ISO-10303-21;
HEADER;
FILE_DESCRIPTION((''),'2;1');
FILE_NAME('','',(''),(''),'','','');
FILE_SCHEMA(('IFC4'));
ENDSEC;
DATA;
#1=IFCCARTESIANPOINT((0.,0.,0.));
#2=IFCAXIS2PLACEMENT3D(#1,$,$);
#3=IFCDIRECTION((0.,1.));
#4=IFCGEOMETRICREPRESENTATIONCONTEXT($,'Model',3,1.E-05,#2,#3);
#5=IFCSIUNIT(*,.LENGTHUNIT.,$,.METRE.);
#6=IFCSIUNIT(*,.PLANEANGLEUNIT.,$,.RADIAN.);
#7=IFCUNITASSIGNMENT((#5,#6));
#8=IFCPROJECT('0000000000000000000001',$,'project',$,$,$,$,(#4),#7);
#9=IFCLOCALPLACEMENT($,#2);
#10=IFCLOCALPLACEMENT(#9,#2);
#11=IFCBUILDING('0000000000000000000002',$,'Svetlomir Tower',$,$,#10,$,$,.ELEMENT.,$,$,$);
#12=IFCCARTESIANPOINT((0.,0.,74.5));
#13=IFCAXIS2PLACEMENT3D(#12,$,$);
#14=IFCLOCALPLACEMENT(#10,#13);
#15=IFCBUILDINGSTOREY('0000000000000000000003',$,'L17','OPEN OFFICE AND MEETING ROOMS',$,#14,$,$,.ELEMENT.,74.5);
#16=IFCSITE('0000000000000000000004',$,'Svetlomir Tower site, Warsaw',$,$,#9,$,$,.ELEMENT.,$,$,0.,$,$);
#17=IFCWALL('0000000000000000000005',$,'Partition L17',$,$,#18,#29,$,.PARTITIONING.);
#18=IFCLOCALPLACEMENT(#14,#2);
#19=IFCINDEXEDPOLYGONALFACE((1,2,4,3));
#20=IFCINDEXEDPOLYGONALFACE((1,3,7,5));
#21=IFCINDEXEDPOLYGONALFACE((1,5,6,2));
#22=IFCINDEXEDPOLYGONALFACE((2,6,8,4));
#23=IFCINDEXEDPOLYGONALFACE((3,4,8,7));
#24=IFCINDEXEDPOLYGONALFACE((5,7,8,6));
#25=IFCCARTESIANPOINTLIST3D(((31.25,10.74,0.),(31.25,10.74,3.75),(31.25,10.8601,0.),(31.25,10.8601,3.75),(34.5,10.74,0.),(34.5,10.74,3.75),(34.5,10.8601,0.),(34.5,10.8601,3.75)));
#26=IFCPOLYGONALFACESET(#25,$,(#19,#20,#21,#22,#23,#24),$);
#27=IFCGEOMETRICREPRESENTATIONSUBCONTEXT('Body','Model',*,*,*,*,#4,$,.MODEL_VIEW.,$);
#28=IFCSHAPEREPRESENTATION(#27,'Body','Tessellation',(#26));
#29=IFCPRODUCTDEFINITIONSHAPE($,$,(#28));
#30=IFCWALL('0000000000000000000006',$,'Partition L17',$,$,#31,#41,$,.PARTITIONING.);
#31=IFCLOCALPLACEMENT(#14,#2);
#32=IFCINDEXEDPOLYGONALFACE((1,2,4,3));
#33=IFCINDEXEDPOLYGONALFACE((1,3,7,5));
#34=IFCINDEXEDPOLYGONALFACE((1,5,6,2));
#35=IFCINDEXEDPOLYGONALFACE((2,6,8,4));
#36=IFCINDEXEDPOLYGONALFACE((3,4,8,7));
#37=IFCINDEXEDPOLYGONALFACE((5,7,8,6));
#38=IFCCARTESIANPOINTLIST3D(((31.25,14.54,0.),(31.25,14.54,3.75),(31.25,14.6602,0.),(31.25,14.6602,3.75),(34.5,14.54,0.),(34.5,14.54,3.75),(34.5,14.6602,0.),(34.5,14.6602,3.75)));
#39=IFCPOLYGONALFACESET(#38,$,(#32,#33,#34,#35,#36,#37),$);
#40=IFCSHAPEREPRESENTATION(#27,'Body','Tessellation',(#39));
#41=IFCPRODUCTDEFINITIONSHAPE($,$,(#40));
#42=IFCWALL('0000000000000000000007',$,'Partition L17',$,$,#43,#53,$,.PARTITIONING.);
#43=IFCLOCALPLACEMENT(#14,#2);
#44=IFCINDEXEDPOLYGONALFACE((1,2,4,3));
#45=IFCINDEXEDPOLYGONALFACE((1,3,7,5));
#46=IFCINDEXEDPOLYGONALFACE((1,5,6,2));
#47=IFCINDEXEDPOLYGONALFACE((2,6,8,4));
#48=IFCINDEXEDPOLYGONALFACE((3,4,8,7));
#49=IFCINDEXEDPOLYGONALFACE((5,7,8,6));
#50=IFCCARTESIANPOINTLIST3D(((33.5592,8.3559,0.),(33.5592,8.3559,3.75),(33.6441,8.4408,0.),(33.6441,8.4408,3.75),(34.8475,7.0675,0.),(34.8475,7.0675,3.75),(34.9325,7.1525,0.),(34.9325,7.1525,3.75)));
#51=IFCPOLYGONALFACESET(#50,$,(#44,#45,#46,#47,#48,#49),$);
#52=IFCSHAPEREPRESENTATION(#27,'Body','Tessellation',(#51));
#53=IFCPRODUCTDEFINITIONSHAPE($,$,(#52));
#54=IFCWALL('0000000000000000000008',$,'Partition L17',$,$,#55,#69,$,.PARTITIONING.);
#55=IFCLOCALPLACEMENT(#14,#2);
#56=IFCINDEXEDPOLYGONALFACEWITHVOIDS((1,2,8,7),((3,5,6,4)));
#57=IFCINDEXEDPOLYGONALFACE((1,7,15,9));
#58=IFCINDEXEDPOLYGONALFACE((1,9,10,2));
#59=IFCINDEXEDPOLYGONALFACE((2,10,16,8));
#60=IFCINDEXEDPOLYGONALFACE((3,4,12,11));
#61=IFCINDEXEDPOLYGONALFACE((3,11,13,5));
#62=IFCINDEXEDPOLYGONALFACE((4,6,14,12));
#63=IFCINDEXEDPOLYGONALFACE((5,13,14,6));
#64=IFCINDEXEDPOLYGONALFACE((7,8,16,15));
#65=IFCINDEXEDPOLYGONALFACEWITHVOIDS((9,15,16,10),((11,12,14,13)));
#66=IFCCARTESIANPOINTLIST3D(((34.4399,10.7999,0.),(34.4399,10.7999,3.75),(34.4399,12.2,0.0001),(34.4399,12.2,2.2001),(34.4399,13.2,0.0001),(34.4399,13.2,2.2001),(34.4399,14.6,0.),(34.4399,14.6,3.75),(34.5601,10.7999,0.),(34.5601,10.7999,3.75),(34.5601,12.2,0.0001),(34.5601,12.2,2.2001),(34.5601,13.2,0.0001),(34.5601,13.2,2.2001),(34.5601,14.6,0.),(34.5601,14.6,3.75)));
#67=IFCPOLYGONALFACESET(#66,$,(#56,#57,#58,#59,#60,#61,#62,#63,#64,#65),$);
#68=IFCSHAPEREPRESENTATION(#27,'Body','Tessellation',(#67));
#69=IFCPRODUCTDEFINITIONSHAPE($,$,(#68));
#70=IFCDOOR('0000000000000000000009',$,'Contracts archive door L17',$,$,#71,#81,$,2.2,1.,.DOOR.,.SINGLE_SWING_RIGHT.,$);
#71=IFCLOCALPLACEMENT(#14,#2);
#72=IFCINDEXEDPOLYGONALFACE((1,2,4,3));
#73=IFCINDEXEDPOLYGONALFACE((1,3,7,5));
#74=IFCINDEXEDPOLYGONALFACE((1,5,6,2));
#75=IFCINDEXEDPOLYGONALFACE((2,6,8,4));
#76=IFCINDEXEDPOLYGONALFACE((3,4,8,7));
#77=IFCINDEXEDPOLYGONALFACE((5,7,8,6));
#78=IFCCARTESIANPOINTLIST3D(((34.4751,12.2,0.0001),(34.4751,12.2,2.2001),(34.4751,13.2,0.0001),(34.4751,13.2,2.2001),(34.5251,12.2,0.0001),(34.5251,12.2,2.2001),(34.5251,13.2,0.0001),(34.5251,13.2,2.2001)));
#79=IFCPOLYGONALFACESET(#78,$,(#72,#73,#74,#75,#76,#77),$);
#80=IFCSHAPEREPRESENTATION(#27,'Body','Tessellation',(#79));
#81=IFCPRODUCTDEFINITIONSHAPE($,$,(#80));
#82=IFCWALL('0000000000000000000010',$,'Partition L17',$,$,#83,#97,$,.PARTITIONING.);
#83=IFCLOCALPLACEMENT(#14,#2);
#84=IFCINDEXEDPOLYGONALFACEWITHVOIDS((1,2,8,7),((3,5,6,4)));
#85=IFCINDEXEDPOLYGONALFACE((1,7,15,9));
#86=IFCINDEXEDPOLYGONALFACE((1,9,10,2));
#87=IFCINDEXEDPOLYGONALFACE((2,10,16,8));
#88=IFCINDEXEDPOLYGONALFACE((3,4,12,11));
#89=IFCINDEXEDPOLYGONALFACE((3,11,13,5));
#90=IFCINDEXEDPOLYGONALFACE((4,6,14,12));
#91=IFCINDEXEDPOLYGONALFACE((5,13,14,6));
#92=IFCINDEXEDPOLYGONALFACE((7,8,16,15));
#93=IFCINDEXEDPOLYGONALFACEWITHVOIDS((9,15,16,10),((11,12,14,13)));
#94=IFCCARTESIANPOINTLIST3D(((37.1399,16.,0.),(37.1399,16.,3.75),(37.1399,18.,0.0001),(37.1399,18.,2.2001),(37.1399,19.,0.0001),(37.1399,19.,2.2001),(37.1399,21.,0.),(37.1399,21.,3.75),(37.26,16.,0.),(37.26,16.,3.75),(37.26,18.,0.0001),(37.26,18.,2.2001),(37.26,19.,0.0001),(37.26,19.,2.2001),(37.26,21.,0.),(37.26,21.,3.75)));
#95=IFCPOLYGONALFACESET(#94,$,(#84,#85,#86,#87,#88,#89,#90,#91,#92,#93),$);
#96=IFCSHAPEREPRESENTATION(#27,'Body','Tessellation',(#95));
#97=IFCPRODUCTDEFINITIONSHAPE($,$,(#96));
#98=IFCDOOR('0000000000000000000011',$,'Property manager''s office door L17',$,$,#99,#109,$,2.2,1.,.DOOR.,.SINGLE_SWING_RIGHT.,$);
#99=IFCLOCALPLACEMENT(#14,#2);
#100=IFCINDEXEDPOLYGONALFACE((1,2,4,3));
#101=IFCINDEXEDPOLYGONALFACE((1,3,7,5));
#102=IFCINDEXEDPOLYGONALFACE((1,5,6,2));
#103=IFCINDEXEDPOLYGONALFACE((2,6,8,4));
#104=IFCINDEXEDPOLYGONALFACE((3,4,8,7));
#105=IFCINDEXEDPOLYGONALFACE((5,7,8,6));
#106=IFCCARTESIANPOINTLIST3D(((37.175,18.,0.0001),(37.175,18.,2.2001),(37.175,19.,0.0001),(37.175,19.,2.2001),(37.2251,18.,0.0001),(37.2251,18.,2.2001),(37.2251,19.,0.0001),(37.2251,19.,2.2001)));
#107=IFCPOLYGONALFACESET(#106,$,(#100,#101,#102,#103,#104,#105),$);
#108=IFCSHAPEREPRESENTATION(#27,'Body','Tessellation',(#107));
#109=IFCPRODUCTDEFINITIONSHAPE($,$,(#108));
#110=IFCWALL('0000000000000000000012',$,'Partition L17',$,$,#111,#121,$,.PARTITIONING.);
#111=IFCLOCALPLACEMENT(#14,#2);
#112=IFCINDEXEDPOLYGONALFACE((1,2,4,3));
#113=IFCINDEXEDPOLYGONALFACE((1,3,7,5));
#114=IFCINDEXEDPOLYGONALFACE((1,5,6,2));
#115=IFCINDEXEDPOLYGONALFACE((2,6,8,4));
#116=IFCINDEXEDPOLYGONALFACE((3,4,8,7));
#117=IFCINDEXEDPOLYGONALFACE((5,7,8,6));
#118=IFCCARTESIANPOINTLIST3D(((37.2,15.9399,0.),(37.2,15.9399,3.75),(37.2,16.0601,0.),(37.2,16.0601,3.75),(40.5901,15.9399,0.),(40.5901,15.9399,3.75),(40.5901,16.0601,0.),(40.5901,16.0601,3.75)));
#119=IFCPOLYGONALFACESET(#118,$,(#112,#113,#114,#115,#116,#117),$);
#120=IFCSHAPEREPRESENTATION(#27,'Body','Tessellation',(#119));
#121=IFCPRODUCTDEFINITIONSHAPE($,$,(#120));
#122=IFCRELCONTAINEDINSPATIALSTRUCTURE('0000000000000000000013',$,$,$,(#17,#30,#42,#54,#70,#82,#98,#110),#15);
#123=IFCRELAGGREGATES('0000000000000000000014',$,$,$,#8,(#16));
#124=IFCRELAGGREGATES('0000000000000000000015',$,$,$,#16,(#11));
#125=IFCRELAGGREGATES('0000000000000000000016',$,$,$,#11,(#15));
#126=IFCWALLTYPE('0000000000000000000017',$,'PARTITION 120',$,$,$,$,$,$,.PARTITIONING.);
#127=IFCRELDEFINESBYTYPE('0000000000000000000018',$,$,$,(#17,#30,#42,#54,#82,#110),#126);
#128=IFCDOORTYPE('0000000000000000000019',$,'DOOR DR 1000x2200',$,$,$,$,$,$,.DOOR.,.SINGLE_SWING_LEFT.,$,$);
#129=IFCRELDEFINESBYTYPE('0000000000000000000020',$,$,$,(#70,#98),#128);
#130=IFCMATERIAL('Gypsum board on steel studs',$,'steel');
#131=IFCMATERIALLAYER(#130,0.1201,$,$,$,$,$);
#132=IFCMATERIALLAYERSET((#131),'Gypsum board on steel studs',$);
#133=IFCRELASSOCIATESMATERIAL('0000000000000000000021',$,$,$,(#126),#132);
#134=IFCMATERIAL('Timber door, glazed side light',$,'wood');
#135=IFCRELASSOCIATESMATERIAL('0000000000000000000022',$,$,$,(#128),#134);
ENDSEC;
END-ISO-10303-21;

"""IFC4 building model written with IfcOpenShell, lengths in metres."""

from ifc_helpers import new_model, si_unit, direction, frame, frame_2d, origin, place, context, subcontext, project, spatial, rectangle, extrude, material, layer, layer_set, type_object, element, fill, save


model = new_model("IFC4")

# Units and contexts
model_context = context("Model", 3, precision=1e-05, world=origin(), true_north=direction((0.0, 1.0)))
body_context = subcontext(model_context, "Body", "Model", "MODEL_VIEW")
ifc_project = project(units=[si_unit("LENGTHUNIT", "METRE"), si_unit("PLANEANGLEUNIT", "RADIAN")], contexts=[model_context])

# Site, building, storey
site_placement = place(None, origin())
site = spatial("IfcSite", under=ifc_project, at=site_placement, Name="Svetlomir Tower site, Warsaw", CompositionType="ELEMENT", RefElevation=0.0)
building_placement = place(site_placement, origin())
building = spatial("IfcBuilding", under=site, at=building_placement, Name="Svetlomir Tower", CompositionType="ELEMENT")
storey_placement = place(building_placement, frame((0.0, 0.0, 74.5)))
storey = spatial("IfcBuildingStorey", under=building, at=storey_placement, Name="L17", Description="OPEN OFFICE AND MEETING ROOMS", CompositionType="ELEMENT", Elevation=74.5)

# Walls
ifc_material_1 = material(Name="Gypsum board on steel studs", Category="steel")
ifc_layer_1 = layer(ifc_material_1, 0.1201)
ifc_layer_set_1 = layer_set([ifc_layer_1], Name="Gypsum board on steel studs")
wall_type_1 = type_object("IfcWallType", Name="PARTITION 120", PredefinedType="PARTITIONING", material=ifc_layer_set_1)
for number, where, z_axis, x_axis, name in (
    (1, (31.25, 10.8, 0.0), (0.0, 0.0, 1.0), (1.0, 0.0, 0.0), "Partition L17"),
    (2, (31.25, 14.6001, 0.0), (0.0, 0.0, 1.0), (1.0, 0.0, 0.0), "Partition L17"),
):
    element("IfcWall", number, at=place(storey_placement, frame(where, z_axis=z_axis, x_axis=x_axis)), inside=storey, type_object=wall_type_1, Name=name, PredefinedType="PARTITIONING", context=body_context, shape_type="SweptSolid", body=[
        extrude(rectangle(XDim=3.25, YDim=0.1201, at=frame_2d((1.625, 0.0))), origin(), (0.0, 0.0, 1.0), 3.75),
    ])
wall_1_placement = place(storey_placement, frame((33.6016, 8.3984, 0.0), z_axis=(0.0, 0.0, 1.0), x_axis=(0.707107, -0.707107, 0.0)))
element("IfcWall", 3, at=wall_1_placement, inside=storey, type_object=wall_type_1, Name="Partition L17", PredefinedType="PARTITIONING", context=body_context, shape_type="SweptSolid", body=[
    extrude(rectangle(XDim=1.822, YDim=0.1201, at=frame_2d((0.9111, 0.0))), origin(), (0.0, 0.0, 1.0), 3.75),
])

# Walls, openings, doors
wall_2_placement = place(storey_placement, frame((34.5, 10.8, 0.0), z_axis=(0.0, 0.0, 1.0), x_axis=(0.0, 1.0, 0.0)))
wall_2 = element("IfcWall", 4, at=wall_2_placement, inside=storey, type_object=wall_type_1, Name="Partition L17", PredefinedType="PARTITIONING", context=body_context, shape_type="SweptSolid", body=[
    extrude(rectangle(XDim=3.8, YDim=0.1201, at=frame_2d((1.8999, 0.0))), origin(), (0.0, 0.0, 1.0), 3.75),
])
opening_1_placement = place(wall_2_placement, frame((1.3999, 0.0, 0.0)))
opening_1 = element("IfcOpeningElement", 5, at=opening_1_placement, cuts=wall_2, PredefinedType="OPENING", context=body_context, shape_type="SweptSolid", body=[
    extrude(rectangle(XDim=1.0, YDim=2.2, at=frame_2d((0.5, 1.1001))), frame((0.0, 0.0701, 0.0), z_axis=(0.0, -1.0, 0.0), x_axis=(1.0, 0.0, 0.0)), (0.0, 0.0, 1.0), 0.1401),
])
ifc_material_2 = material(Name="Timber door, glazed side light", Category="wood")
door_type_1 = type_object("IfcDoorType", Name="DOOR DR 1000x2200", OperationType="SINGLE_SWING_LEFT", PredefinedType="DOOR", material=ifc_material_2)
door_1_placement = place(opening_1_placement, origin())
door_1 = element("IfcDoor", 6, at=door_1_placement, inside=storey, type_object=door_type_1, Name="Contracts archive door L17", OperationType="SINGLE_SWING_RIGHT", OverallHeight=2.2, OverallWidth=1.0, PredefinedType="DOOR", context=body_context, shape_type="SweptSolid", body=[
    extrude(rectangle(XDim=1.0, YDim=2.2, at=frame_2d((0.5, 1.1001))), frame((0.0, 0.0249, 0.0), z_axis=(0.0, -1.0, 0.0), x_axis=(1.0, 0.0, 0.0)), (0.0, 0.0, 1.0), 0.05),
])
fill(opening_1, door_1)
wall_3_placement = place(storey_placement, frame((37.2, 16.0, 0.0), z_axis=(0.0, 0.0, 1.0), x_axis=(0.0, 1.0, 0.0)))
wall_3 = element("IfcWall", 7, at=wall_3_placement, inside=storey, type_object=wall_type_1, Name="Partition L17", PredefinedType="PARTITIONING", context=body_context, shape_type="SweptSolid", body=[
    extrude(rectangle(XDim=5.0, YDim=0.1201, at=frame_2d((2.5, 0.0))), origin(), (0.0, 0.0, 1.0), 3.75),
])
opening_2_placement = place(wall_3_placement, frame((2.0, 0.0, 0.0)))
opening_2 = element("IfcOpeningElement", 8, at=opening_2_placement, cuts=wall_3, PredefinedType="OPENING", context=body_context, shape_type="SweptSolid", body=[
    extrude(rectangle(XDim=1.0, YDim=2.2, at=frame_2d((0.5, 1.1001))), frame((0.0, 0.0701, 0.0), z_axis=(0.0, -1.0, 0.0), x_axis=(1.0, 0.0, 0.0)), (0.0, 0.0, 1.0), 0.1401),
])
door_2_placement = place(opening_2_placement, origin())
door_2 = element("IfcDoor", 9, at=door_2_placement, inside=storey, type_object=door_type_1, Name="Property manager's office door L17", OperationType="SINGLE_SWING_RIGHT", OverallHeight=2.2, OverallWidth=1.0, PredefinedType="DOOR", context=body_context, shape_type="SweptSolid", body=[
    extrude(rectangle(XDim=1.0, YDim=2.2, at=frame_2d((0.5, 1.1001))), frame((0.0, 0.0249, 0.0), z_axis=(0.0, -1.0, 0.0), x_axis=(1.0, 0.0, 0.0)), (0.0, 0.0, 1.0), 0.05),
])
fill(opening_2, door_2)

# Wall
wall_4_placement = place(storey_placement, frame((37.2, 16.0, 0.0), z_axis=(0.0, 0.0, 1.0), x_axis=(1.0, 0.0, 0.0)))
element("IfcWall", 10, at=wall_4_placement, inside=storey, type_object=wall_type_1, Name="Partition L17", PredefinedType="PARTITIONING", context=body_context, shape_type="SweptSolid", body=[
    extrude(rectangle(XDim=3.3901, YDim=0.1201, at=frame_2d((1.6951, 0.0))), origin(), (0.0, 0.0, 1.0), 3.75),
])

save(model, "model.ifc")
